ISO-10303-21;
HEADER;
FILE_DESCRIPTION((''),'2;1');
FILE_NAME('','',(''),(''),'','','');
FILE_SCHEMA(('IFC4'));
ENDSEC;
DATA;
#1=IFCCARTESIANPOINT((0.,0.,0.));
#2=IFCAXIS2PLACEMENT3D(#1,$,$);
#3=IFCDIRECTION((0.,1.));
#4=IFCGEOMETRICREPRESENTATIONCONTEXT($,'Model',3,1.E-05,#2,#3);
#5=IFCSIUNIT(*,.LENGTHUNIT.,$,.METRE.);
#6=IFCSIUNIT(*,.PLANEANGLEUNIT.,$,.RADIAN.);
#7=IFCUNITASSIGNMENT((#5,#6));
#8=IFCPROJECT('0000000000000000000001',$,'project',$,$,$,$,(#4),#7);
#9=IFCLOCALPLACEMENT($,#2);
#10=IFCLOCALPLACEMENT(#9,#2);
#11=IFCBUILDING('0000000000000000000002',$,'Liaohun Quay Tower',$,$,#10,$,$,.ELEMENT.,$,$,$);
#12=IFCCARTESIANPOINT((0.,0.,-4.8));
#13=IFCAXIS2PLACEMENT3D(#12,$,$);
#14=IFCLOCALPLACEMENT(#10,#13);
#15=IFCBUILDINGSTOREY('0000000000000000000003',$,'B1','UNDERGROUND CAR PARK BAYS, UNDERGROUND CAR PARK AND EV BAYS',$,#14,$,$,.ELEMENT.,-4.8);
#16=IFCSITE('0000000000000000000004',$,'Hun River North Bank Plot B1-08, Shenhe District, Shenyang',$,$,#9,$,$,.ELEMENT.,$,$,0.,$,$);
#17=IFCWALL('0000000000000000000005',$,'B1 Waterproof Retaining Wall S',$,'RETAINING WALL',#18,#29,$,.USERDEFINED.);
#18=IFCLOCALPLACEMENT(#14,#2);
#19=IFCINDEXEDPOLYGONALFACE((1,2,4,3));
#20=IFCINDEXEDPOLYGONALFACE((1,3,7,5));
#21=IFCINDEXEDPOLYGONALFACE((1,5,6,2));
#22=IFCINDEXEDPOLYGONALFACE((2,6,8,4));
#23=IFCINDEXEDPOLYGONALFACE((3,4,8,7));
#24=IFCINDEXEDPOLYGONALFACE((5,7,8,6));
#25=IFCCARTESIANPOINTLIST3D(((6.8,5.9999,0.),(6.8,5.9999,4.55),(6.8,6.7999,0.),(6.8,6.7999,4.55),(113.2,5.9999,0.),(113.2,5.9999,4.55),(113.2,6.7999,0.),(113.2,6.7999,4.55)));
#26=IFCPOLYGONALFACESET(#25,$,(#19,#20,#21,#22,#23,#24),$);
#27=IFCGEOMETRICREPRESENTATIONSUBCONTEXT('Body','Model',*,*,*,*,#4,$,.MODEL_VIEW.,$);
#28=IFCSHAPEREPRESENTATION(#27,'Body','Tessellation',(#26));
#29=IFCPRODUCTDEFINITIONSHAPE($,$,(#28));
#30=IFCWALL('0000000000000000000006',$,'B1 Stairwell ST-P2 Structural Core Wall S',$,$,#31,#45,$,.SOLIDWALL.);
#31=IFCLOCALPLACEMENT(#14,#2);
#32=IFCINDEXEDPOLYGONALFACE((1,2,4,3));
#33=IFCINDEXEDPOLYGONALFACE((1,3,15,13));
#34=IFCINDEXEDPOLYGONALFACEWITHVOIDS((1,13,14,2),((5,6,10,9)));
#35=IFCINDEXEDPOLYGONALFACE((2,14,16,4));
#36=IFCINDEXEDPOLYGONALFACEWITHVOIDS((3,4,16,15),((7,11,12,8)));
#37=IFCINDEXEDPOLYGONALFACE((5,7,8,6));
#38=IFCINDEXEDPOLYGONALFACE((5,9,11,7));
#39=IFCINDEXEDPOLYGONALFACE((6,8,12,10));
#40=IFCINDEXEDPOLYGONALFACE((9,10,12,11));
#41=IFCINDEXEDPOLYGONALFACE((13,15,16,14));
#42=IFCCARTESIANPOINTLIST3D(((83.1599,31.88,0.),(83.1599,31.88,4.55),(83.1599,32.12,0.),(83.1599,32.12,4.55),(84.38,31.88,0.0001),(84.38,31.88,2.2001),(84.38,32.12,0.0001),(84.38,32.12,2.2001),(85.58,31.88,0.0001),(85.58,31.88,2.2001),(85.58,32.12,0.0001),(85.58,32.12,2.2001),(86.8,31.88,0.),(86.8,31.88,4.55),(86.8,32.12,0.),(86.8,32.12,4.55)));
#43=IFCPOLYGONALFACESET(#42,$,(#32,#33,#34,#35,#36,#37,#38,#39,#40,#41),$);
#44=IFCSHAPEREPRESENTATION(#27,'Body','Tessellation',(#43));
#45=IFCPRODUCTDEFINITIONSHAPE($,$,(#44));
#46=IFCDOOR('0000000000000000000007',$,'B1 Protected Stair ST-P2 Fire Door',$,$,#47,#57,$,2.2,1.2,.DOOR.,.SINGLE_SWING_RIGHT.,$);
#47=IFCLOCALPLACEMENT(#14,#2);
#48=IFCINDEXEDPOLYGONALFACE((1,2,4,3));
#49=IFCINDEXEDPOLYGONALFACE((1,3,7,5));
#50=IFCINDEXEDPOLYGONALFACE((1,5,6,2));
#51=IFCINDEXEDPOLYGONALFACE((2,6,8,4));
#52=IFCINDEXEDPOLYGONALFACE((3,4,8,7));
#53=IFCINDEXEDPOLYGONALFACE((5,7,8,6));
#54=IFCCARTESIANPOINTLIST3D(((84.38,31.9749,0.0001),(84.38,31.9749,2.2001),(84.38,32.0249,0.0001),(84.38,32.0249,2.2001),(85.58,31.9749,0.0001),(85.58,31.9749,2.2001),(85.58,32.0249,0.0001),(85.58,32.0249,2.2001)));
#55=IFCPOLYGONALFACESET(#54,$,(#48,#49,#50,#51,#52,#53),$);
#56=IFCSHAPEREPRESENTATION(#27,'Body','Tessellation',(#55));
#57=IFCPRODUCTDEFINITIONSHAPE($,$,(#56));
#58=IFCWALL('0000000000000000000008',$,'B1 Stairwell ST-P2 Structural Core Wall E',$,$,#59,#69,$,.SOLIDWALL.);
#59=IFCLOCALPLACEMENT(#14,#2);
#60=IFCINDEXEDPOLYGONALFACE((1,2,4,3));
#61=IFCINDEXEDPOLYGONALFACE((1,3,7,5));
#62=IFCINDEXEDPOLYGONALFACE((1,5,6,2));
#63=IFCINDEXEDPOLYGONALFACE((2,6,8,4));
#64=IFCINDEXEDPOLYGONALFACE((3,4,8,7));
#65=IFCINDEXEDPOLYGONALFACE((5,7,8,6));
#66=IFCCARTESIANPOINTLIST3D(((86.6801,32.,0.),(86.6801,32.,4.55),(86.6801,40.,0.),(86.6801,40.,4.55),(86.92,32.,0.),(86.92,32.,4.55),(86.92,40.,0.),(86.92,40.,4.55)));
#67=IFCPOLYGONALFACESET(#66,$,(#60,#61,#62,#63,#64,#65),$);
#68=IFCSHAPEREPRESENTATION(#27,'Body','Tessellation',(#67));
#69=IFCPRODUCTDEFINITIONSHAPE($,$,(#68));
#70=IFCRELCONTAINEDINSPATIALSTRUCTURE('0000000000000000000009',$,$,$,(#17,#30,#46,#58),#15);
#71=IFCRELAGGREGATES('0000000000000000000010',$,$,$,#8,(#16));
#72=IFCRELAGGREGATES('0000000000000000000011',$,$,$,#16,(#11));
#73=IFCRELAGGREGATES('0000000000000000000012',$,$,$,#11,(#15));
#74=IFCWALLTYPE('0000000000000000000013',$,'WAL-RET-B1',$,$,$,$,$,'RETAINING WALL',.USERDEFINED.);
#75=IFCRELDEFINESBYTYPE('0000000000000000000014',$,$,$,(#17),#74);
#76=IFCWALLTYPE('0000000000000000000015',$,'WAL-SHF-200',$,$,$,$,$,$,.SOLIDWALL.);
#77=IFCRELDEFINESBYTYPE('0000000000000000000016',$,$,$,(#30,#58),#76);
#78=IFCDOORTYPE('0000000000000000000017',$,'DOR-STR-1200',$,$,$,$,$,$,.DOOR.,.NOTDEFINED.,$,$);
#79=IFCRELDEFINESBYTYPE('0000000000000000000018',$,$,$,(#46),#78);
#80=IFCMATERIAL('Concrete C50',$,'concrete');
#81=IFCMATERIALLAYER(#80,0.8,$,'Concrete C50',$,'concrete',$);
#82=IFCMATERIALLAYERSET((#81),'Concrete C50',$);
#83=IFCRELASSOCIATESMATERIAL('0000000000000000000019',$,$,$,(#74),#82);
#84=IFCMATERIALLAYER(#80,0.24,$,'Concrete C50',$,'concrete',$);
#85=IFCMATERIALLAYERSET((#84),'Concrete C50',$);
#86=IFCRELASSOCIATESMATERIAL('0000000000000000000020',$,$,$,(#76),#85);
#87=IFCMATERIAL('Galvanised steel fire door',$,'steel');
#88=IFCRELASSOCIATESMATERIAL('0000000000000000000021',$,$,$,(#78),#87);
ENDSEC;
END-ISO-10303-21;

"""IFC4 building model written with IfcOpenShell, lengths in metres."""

from ifc_helpers import new_model, si_unit, direction, frame, frame_2d, origin, place, context, subcontext, project, spatial, rectangle, extrude, source, transform, mapped, material, layer, layer_set, type_object, element, fill, save


model = new_model("IFC4")

# Units and contexts
model_context = context("Model", 3, precision=1e-05, world=origin(), true_north=direction((0.0, 1.0)))
body_context = subcontext(model_context, "Body", "Model", "MODEL_VIEW")
ifc_project = project(units=[si_unit("LENGTHUNIT", "METRE"), si_unit("PLANEANGLEUNIT", "RADIAN")], contexts=[model_context])

# Site, building, storey
site_placement = place(None, origin())
site = spatial("IfcSite", under=ifc_project, at=site_placement, Name="Hun River North Bank Plot B1-08, Shenhe District, Shenyang", CompositionType="ELEMENT", RefElevation=0.0)
building_placement = place(site_placement, origin())
building = spatial("IfcBuilding", under=site, at=building_placement, Name="Liaohun Quay Tower", CompositionType="ELEMENT")
storey_placement = place(building_placement, frame((0.0, 0.0, -4.8)))
storey = spatial("IfcBuildingStorey", under=building, at=storey_placement, Name="B1", Description="UNDERGROUND CAR PARK BAYS, UNDERGROUND CAR PARK AND EV BAYS", CompositionType="ELEMENT", Elevation=-4.8)

# Wall
ifc_material_1 = material(Name="Concrete C50", Category="concrete")
ifc_layer_1 = layer(ifc_material_1, 0.8, Name="Concrete C50", Category="concrete")
ifc_layer_set_1 = layer_set([ifc_layer_1], Name="Concrete C50")
wall_type_1 = type_object("IfcWallType", Name="WAL-RET-B1", ElementType="RETAINING WALL", PredefinedType="USERDEFINED", material=ifc_layer_set_1)
wall_1_placement = place(storey_placement, frame((113.2, 6.3999, 0.0), z_axis=(0.0, 0.0, 1.0), x_axis=(-1.0, 0.0, 0.0)))
element("IfcWall", 1, at=wall_1_placement, inside=storey, type_object=wall_type_1, Name="B1 Waterproof Retaining Wall S", ObjectType="RETAINING WALL", PredefinedType="USERDEFINED", context=body_context, shape_type="SweptSolid", body=[
    extrude(rectangle(XDim=106.3999, YDim=0.8, at=frame_2d((53.2, 0.0))), origin(), (0.0, 0.0, 1.0), 4.55),
])

# Wall, opening, door
ifc_layer_2 = layer(ifc_material_1, 0.24, Name="Concrete C50", Category="concrete")
ifc_layer_set_2 = layer_set([ifc_layer_2], Name="Concrete C50")
wall_type_2 = type_object("IfcWallType", Name="WAL-SHF-200", PredefinedType="SOLIDWALL", material=ifc_layer_set_2)
wall_2_placement = place(storey_placement, frame((83.1599, 32.0, 0.0), z_axis=(0.0, 0.0, 1.0), x_axis=(1.0, 0.0, 0.0)))
wall_2 = element("IfcWall", 2, at=wall_2_placement, inside=storey, type_object=wall_type_2, Name="B1 Stairwell ST-P2 Structural Core Wall S", PredefinedType="SOLIDWALL", context=body_context, shape_type="SweptSolid", body=[
    extrude(rectangle(XDim=3.6401, YDim=0.24, at=frame_2d((1.8201, 0.0))), origin(), (0.0, 0.0, 1.0), 4.55),
])
shared_shape_1 = source(origin(), body_context, "Body", "SweptSolid", [
    extrude(rectangle(XDim=1.2, YDim=2.2, at=frame_2d((0.6001, 1.1001))), frame((0.0, 0.1299, 0.0), z_axis=(0.0, -1.0, 0.0), x_axis=(1.0, 0.0, 0.0)), (0.0, 0.0, 1.0), 0.26),
])
opening_placement = place(wall_2_placement, frame((1.22, 0.0, 0.0)))
opening = element("IfcOpeningElement", 3, at=opening_placement, cuts=wall_2, PredefinedType="OPENING", context=body_context, shape_type="MappedRepresentation", body=[
    mapped(shared_shape_1, transform((0.0, 0.0, 0.0), x_axis=(1.0, 0.0, 0.0), y_axis=(0.0, 1.0, 0.0), z_axis=(0.0, 0.0, 1.0), scale=1.0)),
])
ifc_material_2 = material(Name="Galvanised steel fire door", Category="steel")
door_type = type_object("IfcDoorType", Name="DOR-STR-1200", OperationType="NOTDEFINED", PredefinedType="DOOR", material=ifc_material_2)
shared_shape_2 = source(origin(), body_context, "Body", "SweptSolid", [
    extrude(rectangle(XDim=1.2, YDim=2.2, at=frame_2d((0.6001, 1.1001))), frame((0.0, 0.0249, 0.0), z_axis=(0.0, -1.0, 0.0), x_axis=(1.0, 0.0, 0.0)), (0.0, 0.0, 1.0), 0.05),
])
door_placement = place(opening_placement, origin())
door = element("IfcDoor", 4, at=door_placement, inside=storey, type_object=door_type, Name="B1 Protected Stair ST-P2 Fire Door", OperationType="SINGLE_SWING_RIGHT", OverallHeight=2.2, OverallWidth=1.2, PredefinedType="DOOR", context=body_context, shape_type="MappedRepresentation", body=[
    mapped(shared_shape_2, transform((0.0, 0.0, 0.0), x_axis=(1.0, 0.0, 0.0), y_axis=(0.0, 1.0, 0.0), z_axis=(0.0, 0.0, 1.0), scale=1.0)),
])
fill(opening, door)

# Wall
wall_3_placement = place(storey_placement, frame((86.8, 32.0, 0.0), z_axis=(0.0, 0.0, 1.0), x_axis=(0.0, 1.0, 0.0)))
element("IfcWall", 5, at=wall_3_placement, inside=storey, type_object=wall_type_2, Name="B1 Stairwell ST-P2 Structural Core Wall E", PredefinedType="SOLIDWALL", context=body_context, shape_type="SweptSolid", body=[
    extrude(rectangle(XDim=8.0, YDim=0.24, at=frame_2d((4.0, 0.0))), origin(), (0.0, 0.0, 1.0), 4.55),
])

save(model, "model.ifc")
